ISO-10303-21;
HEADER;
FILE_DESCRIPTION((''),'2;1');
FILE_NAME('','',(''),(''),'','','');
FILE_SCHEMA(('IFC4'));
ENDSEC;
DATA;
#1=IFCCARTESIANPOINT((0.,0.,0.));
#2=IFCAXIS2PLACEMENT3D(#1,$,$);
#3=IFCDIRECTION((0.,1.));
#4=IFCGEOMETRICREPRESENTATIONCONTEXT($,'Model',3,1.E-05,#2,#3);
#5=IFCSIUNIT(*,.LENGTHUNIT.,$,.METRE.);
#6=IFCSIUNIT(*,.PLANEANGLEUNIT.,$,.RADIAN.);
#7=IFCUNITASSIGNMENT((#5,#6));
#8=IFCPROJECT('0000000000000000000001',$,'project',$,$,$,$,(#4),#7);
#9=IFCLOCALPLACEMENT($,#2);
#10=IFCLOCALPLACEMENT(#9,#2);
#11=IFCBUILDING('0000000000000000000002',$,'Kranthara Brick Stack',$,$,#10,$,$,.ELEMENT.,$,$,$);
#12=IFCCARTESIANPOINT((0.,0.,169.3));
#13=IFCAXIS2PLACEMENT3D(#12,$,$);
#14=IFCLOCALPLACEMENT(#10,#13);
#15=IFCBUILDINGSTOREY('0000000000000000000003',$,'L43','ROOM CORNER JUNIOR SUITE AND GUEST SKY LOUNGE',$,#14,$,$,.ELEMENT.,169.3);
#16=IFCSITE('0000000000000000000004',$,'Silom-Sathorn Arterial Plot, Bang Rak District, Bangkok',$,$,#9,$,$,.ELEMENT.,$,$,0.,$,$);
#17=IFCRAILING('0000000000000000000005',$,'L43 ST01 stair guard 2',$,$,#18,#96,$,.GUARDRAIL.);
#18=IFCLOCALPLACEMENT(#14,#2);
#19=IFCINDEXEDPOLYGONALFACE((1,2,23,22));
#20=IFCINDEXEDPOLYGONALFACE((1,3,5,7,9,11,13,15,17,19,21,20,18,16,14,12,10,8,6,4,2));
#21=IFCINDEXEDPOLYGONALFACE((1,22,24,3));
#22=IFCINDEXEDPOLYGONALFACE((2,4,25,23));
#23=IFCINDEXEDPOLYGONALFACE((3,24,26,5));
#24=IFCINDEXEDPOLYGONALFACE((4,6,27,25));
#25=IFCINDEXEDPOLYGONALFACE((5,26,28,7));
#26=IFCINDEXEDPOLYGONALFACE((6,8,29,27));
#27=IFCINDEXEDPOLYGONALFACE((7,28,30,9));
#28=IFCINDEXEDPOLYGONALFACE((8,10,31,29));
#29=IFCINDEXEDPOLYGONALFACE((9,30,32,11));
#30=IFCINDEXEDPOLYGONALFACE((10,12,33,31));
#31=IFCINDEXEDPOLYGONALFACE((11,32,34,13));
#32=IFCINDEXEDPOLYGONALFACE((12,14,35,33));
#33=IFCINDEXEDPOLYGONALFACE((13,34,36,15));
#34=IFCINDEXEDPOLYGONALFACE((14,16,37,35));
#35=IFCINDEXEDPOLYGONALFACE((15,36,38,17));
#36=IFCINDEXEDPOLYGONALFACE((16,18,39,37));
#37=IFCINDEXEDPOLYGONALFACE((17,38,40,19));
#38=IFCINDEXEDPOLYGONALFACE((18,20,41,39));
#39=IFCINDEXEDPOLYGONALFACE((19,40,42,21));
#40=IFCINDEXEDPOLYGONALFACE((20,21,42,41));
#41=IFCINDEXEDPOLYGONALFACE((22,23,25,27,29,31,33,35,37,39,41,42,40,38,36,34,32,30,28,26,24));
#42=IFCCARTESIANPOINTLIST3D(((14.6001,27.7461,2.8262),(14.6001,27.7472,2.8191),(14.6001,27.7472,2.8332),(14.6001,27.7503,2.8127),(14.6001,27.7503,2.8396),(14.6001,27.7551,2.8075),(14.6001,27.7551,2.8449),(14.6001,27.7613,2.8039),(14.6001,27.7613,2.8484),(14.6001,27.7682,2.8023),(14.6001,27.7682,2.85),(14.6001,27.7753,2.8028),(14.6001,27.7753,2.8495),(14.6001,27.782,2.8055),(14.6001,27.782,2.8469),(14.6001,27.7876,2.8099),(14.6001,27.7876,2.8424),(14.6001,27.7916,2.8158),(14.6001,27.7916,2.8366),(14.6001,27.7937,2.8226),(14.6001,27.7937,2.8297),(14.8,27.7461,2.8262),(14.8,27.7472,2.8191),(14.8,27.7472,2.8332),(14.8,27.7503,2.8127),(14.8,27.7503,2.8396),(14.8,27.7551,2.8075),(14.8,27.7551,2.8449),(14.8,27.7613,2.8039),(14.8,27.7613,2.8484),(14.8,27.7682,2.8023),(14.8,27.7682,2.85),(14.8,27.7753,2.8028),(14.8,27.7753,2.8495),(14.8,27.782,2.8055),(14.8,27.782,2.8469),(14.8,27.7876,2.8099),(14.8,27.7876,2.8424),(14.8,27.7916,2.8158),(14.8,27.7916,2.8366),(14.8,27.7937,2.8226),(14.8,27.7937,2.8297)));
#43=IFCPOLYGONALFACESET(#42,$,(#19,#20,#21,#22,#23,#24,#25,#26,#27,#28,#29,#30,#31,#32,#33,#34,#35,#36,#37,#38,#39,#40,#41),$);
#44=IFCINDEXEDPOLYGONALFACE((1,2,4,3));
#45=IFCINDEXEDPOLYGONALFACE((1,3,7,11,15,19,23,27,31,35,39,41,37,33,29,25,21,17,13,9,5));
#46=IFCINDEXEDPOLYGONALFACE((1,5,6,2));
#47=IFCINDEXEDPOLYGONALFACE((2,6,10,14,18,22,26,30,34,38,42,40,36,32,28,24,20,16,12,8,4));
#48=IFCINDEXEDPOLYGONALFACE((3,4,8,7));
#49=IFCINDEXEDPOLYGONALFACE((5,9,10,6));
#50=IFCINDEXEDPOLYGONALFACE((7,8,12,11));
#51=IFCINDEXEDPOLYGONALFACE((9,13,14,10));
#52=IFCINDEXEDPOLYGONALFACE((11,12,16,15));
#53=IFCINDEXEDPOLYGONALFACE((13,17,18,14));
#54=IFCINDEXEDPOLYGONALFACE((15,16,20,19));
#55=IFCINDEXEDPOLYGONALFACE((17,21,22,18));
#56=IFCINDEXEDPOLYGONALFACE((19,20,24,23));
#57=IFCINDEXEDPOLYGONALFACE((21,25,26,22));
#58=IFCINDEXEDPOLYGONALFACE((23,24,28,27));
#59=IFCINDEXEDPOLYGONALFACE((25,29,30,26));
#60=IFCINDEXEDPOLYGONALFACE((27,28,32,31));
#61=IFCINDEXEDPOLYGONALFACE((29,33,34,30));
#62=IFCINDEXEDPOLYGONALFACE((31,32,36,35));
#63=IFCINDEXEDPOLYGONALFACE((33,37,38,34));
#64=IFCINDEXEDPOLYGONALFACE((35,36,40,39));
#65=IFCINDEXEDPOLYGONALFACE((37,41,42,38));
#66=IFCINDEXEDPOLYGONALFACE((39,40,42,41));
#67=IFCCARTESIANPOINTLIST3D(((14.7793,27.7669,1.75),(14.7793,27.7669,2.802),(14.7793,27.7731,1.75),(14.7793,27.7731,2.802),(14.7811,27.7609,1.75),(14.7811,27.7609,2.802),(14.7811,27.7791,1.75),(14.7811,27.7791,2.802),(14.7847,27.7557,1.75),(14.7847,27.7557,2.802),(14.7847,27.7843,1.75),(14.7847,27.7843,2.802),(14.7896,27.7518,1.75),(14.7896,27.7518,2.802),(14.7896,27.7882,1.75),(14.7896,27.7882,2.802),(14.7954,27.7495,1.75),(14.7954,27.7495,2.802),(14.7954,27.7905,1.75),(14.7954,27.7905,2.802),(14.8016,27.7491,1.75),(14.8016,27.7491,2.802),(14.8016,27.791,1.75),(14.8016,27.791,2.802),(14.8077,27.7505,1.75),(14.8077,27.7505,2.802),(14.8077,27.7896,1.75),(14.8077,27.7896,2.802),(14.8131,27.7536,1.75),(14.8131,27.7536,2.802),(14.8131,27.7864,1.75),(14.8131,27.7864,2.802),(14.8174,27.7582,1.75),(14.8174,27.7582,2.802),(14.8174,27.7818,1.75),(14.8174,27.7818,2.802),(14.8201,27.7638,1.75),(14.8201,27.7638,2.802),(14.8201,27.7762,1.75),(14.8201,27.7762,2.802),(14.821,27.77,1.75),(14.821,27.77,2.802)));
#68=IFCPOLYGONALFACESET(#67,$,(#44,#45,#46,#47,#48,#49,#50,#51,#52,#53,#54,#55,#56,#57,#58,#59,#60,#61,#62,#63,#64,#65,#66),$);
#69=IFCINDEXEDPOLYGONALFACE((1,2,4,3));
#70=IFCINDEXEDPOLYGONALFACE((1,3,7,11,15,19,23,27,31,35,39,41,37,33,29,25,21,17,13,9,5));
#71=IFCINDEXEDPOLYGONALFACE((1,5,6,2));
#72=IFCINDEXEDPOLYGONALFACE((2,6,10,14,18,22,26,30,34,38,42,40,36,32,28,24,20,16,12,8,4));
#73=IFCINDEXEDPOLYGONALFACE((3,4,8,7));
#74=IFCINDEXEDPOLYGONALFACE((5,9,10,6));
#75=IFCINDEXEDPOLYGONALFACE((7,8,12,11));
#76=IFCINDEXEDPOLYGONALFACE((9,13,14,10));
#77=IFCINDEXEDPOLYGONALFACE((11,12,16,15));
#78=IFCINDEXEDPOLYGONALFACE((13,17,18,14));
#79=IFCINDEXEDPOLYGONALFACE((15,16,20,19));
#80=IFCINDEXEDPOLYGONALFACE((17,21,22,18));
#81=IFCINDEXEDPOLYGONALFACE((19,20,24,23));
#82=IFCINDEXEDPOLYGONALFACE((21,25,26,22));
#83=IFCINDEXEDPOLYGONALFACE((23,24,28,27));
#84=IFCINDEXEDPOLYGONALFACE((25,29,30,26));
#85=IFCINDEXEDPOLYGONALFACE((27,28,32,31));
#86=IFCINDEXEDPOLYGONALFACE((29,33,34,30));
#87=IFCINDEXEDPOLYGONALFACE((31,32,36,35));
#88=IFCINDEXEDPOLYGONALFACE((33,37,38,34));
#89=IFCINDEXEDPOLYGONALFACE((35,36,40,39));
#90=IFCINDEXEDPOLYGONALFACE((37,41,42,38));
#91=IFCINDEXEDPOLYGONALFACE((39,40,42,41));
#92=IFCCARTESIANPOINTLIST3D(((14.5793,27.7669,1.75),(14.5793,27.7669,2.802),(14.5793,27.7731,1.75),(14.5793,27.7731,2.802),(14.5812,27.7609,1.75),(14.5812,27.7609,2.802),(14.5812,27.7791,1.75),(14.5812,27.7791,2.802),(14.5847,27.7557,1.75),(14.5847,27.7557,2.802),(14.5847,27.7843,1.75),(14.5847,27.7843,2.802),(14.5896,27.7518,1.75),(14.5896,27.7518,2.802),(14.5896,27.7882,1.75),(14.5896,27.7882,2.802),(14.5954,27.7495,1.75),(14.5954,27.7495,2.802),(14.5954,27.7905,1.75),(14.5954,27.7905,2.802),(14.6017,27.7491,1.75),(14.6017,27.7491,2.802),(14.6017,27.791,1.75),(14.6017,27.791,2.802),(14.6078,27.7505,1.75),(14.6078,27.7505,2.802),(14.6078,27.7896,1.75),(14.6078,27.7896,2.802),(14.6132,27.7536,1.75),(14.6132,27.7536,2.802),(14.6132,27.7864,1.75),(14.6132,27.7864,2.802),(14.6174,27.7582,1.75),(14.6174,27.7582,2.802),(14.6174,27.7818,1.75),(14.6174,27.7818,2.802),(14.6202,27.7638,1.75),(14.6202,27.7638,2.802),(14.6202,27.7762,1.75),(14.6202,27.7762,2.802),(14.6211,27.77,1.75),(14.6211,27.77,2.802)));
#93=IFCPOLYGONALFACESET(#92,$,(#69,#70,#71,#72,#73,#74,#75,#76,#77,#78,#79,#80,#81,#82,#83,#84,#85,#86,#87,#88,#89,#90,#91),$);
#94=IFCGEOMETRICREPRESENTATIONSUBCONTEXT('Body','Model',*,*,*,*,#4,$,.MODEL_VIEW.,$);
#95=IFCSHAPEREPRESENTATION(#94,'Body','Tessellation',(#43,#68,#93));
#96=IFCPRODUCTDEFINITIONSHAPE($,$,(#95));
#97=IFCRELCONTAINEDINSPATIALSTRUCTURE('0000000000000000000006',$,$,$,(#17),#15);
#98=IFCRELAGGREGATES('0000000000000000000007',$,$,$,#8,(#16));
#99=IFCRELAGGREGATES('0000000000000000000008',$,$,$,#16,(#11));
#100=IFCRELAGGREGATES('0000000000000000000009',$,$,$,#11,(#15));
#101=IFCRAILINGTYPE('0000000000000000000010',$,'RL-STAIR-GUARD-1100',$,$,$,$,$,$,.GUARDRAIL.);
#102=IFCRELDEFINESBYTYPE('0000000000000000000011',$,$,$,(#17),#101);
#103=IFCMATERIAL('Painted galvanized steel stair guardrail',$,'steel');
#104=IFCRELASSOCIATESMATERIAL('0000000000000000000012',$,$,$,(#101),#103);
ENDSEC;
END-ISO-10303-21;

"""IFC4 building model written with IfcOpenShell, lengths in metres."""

from ifc_helpers import new_model, si_unit, direction, frame, origin, origin_2d, place, context, subcontext, project, spatial, circle, extrude, material, type_object, element, save


model = new_model("IFC4")

# Units and contexts
model_context = context("Model", 3, precision=1e-05, world=origin(), true_north=direction((0.0, 1.0)))
body_context = subcontext(model_context, "Body", "Model", "MODEL_VIEW")
ifc_project = project(units=[si_unit("LENGTHUNIT", "METRE"), si_unit("PLANEANGLEUNIT", "RADIAN")], contexts=[model_context])

# Site, building, storey
site_placement = place(None, origin())
site = spatial("IfcSite", under=ifc_project, at=site_placement, Name="Silom-Sathorn Arterial Plot, Bang Rak District, Bangkok", CompositionType="ELEMENT", RefElevation=0.0)
building_placement = place(site_placement, origin())
building = spatial("IfcBuilding", under=site, at=building_placement, Name="Kranthara Brick Stack", CompositionType="ELEMENT")
storey_placement = place(building_placement, frame((0.0, 0.0, 169.3)))
storey = spatial("IfcBuildingStorey", under=building, at=storey_placement, Name="L43", Description="ROOM CORNER JUNIOR SUITE AND GUEST SKY LOUNGE", CompositionType="ELEMENT", Elevation=169.3)

# Railing
ifc_material_1 = material(Name="Painted galvanized steel stair guardrail", Category="steel")
railing_type_1 = type_object("IfcRailingType", Name="RL-STAIR-GUARD-1100", PredefinedType="GUARDRAIL", material=ifc_material_1)
railing_1_placement = place(storey_placement, frame((14.8, 27.77, 1.75)))
element("IfcRailing", 1, at=railing_1_placement, inside=storey, type_object=railing_type_1, Name="L43 ST01 stair guard 2", PredefinedType="GUARDRAIL", context=body_context, shape_type="SweptSolid", body=[
    extrude(circle(Radius=0.0239, at=origin_2d()), frame((0.0, 0.0, 1.0762), z_axis=(-1.0, 0.0, 0.0), x_axis=(0.0, -1.0, 0.0)), (0.0, 0.0, 1.0), 0.2),
    extrude(circle(Radius=0.021, at=origin_2d()), origin(), (0.0, 0.0, 1.0), 1.052),
    extrude(circle(Radius=0.021, at=origin_2d()), frame((-0.2, 0.0, 0.0)), (0.0, 0.0, 1.0), 1.052),
])

save(model, "model.ifc")
